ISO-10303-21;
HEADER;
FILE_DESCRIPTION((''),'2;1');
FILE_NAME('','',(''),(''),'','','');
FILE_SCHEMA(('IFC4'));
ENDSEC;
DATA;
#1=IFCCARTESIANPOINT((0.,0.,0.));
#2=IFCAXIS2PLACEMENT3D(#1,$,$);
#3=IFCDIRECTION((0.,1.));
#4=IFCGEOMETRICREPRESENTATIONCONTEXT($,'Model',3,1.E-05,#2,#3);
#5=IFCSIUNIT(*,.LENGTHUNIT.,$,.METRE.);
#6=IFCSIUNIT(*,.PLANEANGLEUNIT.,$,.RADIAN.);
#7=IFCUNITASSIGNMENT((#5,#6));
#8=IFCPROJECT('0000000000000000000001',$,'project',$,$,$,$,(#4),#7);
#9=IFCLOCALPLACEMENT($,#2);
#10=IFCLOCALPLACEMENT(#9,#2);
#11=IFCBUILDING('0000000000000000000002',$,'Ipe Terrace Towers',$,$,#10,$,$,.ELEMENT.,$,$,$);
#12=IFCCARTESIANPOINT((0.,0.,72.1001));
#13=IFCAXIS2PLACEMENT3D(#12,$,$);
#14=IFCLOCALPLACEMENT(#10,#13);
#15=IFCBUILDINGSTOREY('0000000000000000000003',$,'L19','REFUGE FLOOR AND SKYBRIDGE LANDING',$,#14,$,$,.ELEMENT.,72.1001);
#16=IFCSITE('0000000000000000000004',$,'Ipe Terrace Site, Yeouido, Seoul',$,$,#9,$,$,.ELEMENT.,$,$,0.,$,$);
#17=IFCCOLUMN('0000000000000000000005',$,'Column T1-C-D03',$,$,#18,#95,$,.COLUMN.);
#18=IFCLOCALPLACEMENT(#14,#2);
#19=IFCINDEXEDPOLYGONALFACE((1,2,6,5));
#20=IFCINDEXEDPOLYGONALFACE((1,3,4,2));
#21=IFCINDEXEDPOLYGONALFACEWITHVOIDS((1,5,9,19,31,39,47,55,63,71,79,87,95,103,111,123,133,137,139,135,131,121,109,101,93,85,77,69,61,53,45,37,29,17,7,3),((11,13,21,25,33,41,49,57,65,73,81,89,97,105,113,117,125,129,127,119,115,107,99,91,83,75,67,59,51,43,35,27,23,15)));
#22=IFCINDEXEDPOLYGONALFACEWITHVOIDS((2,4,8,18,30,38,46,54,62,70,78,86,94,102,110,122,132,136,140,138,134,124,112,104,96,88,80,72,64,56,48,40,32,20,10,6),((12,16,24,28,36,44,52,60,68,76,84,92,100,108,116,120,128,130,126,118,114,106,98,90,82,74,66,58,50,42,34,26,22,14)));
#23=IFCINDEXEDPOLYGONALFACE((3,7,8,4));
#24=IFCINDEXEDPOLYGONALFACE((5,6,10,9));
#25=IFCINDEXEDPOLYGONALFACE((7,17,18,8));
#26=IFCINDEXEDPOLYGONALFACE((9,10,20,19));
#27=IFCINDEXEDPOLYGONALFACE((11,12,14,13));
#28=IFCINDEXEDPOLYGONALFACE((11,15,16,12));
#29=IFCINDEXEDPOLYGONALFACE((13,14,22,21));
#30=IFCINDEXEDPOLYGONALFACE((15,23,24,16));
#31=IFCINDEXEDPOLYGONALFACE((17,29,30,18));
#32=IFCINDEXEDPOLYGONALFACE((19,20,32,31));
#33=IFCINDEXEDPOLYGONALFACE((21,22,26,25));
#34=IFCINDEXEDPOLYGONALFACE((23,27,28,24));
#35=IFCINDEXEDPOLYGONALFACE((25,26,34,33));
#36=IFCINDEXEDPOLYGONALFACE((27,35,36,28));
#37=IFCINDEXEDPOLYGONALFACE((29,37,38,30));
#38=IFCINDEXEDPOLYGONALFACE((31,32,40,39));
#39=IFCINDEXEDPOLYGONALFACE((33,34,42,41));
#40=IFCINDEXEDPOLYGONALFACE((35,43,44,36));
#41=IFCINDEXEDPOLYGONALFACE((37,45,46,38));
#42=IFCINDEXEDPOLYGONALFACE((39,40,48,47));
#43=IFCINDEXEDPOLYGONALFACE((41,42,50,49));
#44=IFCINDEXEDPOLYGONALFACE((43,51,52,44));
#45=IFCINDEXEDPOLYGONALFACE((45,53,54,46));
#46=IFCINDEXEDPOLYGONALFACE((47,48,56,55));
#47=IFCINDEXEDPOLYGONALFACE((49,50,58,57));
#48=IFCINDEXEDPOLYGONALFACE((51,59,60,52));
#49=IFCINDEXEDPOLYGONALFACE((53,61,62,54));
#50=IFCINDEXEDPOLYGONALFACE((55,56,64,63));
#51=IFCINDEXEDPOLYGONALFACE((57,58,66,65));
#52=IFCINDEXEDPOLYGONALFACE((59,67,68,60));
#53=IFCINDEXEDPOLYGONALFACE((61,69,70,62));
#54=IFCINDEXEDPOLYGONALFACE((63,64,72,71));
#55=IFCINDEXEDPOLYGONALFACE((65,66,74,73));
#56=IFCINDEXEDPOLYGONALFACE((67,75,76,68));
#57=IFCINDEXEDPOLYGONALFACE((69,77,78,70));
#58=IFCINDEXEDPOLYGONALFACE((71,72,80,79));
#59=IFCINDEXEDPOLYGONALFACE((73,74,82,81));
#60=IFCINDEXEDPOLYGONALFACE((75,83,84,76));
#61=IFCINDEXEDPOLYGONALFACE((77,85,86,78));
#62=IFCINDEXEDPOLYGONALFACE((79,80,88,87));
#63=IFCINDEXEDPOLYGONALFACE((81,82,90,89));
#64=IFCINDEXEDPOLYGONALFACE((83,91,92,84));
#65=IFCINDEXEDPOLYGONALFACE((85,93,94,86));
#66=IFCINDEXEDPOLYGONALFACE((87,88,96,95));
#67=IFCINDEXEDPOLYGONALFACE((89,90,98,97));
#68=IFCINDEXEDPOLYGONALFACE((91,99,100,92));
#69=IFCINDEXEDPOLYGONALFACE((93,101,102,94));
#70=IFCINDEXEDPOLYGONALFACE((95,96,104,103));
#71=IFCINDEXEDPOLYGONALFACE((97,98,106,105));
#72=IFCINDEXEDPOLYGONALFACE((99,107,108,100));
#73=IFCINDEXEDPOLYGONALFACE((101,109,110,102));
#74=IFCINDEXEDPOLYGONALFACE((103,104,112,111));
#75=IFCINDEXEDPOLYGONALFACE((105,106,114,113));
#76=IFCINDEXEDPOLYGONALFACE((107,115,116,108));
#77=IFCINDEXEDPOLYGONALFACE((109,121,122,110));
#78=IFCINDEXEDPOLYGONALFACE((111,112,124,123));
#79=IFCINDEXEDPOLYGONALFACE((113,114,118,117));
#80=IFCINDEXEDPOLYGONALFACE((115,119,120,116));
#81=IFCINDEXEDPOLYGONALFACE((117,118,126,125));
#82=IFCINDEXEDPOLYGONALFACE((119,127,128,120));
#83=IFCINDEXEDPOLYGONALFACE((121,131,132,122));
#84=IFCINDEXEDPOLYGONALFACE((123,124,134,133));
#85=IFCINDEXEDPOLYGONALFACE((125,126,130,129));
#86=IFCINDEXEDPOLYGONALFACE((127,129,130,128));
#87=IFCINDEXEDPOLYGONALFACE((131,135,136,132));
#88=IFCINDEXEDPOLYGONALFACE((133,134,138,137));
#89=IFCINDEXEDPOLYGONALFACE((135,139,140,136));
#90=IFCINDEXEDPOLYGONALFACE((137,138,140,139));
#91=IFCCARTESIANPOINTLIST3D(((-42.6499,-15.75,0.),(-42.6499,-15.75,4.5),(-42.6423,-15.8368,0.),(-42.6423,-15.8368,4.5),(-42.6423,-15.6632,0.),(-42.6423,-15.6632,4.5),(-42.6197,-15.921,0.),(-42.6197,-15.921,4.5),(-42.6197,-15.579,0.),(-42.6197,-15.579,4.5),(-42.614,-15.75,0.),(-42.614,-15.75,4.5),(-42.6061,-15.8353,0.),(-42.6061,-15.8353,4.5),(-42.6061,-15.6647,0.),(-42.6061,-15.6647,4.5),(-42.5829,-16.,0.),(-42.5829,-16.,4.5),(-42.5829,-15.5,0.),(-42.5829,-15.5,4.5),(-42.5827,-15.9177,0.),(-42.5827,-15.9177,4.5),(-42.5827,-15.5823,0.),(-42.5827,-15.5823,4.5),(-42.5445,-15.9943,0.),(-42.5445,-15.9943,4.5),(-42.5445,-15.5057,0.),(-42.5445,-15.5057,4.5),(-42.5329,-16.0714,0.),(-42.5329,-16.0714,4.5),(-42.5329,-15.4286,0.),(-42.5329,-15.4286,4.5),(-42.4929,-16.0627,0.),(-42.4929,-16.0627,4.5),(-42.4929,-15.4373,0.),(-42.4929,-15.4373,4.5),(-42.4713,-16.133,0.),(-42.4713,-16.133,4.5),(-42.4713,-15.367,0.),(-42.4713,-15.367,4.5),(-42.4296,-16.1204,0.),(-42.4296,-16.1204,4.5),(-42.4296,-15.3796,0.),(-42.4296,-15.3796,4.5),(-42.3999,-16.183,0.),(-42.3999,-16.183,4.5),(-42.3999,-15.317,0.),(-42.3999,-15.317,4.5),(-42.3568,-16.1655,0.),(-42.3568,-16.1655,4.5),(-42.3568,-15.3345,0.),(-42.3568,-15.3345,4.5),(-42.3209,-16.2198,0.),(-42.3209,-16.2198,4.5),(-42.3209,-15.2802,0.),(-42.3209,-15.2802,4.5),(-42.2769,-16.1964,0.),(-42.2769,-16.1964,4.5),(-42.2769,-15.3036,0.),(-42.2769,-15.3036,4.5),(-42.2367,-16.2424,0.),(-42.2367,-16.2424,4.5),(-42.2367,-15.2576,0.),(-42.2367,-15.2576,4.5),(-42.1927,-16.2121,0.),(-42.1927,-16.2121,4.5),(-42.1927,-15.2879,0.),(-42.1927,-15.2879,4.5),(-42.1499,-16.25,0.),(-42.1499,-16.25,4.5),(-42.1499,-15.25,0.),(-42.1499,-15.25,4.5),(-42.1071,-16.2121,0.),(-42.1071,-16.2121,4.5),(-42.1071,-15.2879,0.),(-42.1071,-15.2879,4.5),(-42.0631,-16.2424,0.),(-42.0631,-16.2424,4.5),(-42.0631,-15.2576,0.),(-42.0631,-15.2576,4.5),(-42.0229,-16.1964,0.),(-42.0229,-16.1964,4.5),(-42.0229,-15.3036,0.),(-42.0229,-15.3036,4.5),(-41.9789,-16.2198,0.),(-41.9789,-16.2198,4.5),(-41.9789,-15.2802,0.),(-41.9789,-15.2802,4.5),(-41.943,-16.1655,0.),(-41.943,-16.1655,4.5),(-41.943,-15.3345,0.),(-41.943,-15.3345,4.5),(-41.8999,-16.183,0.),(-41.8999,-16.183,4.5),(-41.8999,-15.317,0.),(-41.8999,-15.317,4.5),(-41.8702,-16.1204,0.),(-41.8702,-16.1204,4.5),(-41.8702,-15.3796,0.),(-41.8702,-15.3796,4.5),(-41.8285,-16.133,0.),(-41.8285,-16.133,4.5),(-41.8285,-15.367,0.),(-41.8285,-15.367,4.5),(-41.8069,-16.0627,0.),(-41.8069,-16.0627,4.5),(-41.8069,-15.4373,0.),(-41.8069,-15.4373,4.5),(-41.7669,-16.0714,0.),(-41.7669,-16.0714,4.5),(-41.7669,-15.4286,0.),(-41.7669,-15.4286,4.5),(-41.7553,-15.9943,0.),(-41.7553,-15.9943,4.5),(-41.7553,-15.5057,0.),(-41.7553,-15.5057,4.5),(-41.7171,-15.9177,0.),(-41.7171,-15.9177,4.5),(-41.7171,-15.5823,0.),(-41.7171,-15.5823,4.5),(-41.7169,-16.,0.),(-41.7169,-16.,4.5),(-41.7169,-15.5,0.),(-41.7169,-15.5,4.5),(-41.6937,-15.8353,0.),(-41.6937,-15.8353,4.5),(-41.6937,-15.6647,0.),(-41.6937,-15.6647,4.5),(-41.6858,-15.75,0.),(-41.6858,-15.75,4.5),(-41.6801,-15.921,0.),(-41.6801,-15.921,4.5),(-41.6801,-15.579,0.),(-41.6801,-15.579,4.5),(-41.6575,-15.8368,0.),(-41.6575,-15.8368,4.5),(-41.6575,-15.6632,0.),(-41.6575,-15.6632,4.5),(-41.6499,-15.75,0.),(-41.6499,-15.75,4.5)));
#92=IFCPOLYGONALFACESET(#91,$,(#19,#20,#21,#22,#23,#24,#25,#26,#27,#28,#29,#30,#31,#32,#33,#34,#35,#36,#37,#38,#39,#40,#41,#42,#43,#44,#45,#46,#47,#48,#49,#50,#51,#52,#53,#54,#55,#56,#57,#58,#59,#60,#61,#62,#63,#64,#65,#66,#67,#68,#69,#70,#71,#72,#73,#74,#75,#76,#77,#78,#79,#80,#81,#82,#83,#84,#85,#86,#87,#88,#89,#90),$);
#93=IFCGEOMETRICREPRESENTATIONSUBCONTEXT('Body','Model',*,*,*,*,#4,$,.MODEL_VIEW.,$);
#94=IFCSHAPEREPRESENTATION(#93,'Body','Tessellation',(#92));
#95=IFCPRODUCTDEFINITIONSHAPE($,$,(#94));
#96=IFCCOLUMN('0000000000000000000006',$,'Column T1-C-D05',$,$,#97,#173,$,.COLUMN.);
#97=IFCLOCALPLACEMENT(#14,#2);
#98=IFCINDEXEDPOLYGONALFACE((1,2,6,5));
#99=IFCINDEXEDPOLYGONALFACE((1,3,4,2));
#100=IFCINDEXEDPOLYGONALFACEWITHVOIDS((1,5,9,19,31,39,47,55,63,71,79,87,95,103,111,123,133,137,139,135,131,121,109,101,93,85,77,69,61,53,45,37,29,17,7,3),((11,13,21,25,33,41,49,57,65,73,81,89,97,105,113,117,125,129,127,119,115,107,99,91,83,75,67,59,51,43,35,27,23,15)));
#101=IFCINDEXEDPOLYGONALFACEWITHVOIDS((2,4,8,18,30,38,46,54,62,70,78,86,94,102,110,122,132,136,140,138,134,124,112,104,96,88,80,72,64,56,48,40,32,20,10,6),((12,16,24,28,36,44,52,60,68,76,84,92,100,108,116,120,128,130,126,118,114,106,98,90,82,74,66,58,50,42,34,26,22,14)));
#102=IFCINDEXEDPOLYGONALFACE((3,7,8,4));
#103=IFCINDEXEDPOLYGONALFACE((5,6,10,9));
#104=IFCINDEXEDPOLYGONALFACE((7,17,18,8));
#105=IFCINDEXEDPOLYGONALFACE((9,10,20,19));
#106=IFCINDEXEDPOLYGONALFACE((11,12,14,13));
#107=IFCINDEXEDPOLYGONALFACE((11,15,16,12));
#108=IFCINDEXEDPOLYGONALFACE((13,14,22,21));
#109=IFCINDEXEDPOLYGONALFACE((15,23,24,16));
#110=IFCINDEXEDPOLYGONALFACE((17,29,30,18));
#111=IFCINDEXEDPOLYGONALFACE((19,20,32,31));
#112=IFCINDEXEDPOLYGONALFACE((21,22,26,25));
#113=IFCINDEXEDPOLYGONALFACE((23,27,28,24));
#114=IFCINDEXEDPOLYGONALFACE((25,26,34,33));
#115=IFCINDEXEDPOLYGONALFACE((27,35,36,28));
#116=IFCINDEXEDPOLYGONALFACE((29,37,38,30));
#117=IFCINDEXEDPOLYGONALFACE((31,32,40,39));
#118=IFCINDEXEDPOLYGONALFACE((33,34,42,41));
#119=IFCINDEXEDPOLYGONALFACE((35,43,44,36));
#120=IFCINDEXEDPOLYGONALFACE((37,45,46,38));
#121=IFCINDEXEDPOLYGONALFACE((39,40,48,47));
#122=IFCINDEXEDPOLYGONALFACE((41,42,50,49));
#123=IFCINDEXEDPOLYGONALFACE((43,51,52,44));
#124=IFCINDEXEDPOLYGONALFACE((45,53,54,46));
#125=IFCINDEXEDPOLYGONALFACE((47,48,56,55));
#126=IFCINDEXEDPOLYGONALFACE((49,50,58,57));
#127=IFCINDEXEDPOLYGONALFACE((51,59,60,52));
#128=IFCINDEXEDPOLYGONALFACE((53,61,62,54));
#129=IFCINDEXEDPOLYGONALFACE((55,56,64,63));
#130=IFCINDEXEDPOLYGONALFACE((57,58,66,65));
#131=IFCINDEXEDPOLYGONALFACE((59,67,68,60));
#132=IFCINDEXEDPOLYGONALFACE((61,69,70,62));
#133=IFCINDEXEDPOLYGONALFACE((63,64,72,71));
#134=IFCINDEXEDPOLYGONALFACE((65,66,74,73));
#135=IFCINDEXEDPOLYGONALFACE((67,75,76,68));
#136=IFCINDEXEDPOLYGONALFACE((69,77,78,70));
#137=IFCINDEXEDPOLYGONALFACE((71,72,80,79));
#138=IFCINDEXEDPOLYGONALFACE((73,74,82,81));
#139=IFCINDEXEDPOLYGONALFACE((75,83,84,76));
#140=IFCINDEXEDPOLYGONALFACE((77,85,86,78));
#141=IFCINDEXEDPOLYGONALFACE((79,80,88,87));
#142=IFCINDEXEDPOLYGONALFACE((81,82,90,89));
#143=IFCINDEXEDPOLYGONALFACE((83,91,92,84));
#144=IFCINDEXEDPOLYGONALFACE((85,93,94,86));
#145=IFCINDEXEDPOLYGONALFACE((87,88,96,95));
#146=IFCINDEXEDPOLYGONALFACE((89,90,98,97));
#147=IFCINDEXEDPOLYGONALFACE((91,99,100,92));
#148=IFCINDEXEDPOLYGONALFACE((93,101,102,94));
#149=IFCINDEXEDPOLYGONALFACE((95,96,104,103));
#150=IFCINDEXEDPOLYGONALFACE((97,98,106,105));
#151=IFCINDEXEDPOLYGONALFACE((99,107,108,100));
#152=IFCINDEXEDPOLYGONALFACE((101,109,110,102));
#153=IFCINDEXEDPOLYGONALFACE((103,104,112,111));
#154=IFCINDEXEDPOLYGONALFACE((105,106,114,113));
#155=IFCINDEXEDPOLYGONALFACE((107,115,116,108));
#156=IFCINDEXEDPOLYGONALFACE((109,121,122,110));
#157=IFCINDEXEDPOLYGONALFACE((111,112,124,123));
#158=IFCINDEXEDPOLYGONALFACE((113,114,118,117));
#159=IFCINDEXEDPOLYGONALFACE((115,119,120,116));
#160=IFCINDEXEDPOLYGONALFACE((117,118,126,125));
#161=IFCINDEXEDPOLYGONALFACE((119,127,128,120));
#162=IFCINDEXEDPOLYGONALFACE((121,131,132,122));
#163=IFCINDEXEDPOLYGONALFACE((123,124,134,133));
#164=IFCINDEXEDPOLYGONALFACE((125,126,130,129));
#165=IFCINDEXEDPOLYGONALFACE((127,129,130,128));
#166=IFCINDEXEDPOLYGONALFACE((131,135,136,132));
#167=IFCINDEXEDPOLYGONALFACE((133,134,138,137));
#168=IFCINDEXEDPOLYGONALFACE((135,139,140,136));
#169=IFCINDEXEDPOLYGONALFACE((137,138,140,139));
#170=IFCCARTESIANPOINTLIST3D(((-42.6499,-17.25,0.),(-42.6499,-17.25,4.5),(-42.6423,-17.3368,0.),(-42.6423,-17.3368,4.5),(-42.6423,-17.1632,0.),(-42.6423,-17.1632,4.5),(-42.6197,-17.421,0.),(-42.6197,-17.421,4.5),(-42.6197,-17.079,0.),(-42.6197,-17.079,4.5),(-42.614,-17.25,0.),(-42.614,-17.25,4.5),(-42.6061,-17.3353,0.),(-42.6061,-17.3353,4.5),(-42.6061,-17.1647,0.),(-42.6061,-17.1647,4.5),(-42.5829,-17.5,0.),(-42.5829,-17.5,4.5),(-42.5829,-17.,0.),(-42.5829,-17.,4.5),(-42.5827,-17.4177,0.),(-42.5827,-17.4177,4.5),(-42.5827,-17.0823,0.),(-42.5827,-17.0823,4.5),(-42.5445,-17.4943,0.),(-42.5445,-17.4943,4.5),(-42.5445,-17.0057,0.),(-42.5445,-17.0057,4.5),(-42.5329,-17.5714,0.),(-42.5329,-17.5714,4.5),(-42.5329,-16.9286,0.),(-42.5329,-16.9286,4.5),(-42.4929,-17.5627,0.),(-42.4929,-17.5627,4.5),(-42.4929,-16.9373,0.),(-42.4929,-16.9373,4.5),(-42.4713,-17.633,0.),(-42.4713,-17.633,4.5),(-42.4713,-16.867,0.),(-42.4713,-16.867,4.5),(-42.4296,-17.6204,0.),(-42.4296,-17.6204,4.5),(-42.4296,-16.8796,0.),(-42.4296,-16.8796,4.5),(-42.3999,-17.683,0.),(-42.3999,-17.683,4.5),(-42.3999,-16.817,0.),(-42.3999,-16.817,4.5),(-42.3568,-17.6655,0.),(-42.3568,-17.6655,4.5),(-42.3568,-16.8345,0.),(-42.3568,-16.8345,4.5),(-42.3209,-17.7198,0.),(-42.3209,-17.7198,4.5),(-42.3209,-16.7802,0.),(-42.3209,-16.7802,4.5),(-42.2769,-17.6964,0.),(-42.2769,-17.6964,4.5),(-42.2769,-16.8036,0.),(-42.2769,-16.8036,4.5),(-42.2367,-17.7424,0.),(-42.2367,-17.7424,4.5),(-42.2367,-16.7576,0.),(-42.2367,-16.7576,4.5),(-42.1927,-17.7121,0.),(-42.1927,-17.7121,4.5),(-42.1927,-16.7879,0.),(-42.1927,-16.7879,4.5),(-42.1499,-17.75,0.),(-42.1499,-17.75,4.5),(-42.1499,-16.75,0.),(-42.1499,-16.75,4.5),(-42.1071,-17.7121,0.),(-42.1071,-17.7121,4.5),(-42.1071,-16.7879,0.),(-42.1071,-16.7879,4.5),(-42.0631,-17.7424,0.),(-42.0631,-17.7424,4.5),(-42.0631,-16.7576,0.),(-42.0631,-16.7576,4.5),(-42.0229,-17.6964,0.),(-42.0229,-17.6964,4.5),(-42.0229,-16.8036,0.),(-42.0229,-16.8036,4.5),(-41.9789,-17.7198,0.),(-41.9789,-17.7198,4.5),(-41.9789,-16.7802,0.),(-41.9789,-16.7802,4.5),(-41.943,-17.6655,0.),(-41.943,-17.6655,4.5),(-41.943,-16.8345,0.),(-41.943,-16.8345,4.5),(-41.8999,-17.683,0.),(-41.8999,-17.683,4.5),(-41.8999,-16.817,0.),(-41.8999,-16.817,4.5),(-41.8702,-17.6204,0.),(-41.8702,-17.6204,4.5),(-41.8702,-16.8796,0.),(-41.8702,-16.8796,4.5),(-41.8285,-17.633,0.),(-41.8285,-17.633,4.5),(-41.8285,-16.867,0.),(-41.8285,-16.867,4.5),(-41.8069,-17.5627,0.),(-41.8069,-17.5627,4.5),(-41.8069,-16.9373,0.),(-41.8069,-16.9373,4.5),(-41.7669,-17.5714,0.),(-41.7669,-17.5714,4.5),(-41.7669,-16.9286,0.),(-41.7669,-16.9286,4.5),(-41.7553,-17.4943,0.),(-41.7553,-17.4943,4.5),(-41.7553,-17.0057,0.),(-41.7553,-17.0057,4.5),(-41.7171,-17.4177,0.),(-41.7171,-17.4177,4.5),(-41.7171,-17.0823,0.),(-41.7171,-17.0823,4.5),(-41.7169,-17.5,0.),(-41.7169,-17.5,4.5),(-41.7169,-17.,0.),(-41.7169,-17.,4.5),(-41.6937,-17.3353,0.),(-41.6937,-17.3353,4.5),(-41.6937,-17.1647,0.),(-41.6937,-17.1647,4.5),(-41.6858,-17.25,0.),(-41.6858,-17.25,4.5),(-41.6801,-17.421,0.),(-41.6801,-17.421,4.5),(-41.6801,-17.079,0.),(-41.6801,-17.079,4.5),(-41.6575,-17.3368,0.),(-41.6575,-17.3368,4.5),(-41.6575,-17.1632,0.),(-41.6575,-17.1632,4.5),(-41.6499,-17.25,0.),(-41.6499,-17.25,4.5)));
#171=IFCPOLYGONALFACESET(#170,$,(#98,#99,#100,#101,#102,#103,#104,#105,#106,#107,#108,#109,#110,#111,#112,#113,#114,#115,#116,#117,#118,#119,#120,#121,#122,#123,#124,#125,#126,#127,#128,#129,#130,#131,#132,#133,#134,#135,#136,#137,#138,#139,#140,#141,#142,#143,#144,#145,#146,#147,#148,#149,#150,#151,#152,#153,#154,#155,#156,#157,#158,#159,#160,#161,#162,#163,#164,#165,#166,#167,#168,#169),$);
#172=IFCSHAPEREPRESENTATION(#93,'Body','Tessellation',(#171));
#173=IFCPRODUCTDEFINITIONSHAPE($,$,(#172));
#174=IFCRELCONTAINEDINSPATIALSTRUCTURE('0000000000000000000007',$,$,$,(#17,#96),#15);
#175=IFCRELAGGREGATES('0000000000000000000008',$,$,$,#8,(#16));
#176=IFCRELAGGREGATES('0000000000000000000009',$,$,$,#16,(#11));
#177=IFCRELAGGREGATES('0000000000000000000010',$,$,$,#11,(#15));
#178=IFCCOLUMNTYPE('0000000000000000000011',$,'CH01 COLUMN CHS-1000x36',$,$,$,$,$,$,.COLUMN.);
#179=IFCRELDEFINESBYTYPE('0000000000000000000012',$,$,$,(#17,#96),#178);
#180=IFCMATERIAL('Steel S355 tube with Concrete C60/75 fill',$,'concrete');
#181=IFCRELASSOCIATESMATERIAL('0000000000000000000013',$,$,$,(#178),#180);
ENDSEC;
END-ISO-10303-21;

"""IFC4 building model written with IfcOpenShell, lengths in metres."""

from ifc_helpers import new_model, si_unit, direction, frame, origin, origin_2d, place, context, subcontext, project, spatial, hollow_circle, extrude, material, material_profile, profile_set, type_object, element, save


model = new_model("IFC4")

# Units and contexts
model_context = context("Model", 3, precision=1e-05, world=origin(), true_north=direction((0.0, 1.0)))
body_context = subcontext(model_context, "Body", "Model", "MODEL_VIEW")
ifc_project = project(units=[si_unit("LENGTHUNIT", "METRE"), si_unit("PLANEANGLEUNIT", "RADIAN")], contexts=[model_context])

# Site, building, storey
site_placement = place(None, origin())
site = spatial("IfcSite", under=ifc_project, at=site_placement, Name="Ipe Terrace Site, Yeouido, Seoul", CompositionType="ELEMENT", RefElevation=0.0)
building_placement = place(site_placement, origin())
building = spatial("IfcBuilding", under=site, at=building_placement, Name="Ipe Terrace Towers", CompositionType="ELEMENT")
storey_placement = place(building_placement, frame((0.0, 0.0, 72.1001)))
storey = spatial("IfcBuildingStorey", under=building, at=storey_placement, Name="L19", Description="REFUGE FLOOR AND SKYBRIDGE LANDING", CompositionType="ELEMENT", Elevation=72.1001)

# Columns
ifc_material_1 = material(Name="Steel S355 tube with Concrete C60/75 fill", Category="concrete")
ifc_material_profile_1 = material_profile(ifc_material_1, hollow_circle(Radius=0.5, WallThickness=0.0359, at=origin_2d()), Name="CHS-1000x36")
ifc_profile_set_1 = profile_set([ifc_material_profile_1], Name="Steel S355 tube with Concrete C60/75 fill")
column_type = type_object("IfcColumnType", Name="CH01 COLUMN CHS-1000x36", PredefinedType="COLUMN", material=ifc_profile_set_1)
for number, where, z_axis, x_axis, name in (
    (1, (-42.1499, -15.75, 0.0), (0.0, 0.0, 1.0), (1.0, 0.0, 0.0), "Column T1-C-D03"),
    (2, (-42.1499, -17.25, 0.0), (0.0, 0.0, 1.0), (1.0, 0.0, 0.0), "Column T1-C-D05"),
):
    element("IfcColumn", number, at=place(storey_placement, frame(where, z_axis=z_axis, x_axis=x_axis)), inside=storey, type_object=column_type, Name=name, PredefinedType="COLUMN", context=body_context, shape_type="SweptSolid", body=[
        extrude(hollow_circle(Radius=0.5, WallThickness=0.0359, at=origin_2d()), origin(), (0.0, 0.0, 1.0), 4.5),
    ])

save(model, "model.ifc")
